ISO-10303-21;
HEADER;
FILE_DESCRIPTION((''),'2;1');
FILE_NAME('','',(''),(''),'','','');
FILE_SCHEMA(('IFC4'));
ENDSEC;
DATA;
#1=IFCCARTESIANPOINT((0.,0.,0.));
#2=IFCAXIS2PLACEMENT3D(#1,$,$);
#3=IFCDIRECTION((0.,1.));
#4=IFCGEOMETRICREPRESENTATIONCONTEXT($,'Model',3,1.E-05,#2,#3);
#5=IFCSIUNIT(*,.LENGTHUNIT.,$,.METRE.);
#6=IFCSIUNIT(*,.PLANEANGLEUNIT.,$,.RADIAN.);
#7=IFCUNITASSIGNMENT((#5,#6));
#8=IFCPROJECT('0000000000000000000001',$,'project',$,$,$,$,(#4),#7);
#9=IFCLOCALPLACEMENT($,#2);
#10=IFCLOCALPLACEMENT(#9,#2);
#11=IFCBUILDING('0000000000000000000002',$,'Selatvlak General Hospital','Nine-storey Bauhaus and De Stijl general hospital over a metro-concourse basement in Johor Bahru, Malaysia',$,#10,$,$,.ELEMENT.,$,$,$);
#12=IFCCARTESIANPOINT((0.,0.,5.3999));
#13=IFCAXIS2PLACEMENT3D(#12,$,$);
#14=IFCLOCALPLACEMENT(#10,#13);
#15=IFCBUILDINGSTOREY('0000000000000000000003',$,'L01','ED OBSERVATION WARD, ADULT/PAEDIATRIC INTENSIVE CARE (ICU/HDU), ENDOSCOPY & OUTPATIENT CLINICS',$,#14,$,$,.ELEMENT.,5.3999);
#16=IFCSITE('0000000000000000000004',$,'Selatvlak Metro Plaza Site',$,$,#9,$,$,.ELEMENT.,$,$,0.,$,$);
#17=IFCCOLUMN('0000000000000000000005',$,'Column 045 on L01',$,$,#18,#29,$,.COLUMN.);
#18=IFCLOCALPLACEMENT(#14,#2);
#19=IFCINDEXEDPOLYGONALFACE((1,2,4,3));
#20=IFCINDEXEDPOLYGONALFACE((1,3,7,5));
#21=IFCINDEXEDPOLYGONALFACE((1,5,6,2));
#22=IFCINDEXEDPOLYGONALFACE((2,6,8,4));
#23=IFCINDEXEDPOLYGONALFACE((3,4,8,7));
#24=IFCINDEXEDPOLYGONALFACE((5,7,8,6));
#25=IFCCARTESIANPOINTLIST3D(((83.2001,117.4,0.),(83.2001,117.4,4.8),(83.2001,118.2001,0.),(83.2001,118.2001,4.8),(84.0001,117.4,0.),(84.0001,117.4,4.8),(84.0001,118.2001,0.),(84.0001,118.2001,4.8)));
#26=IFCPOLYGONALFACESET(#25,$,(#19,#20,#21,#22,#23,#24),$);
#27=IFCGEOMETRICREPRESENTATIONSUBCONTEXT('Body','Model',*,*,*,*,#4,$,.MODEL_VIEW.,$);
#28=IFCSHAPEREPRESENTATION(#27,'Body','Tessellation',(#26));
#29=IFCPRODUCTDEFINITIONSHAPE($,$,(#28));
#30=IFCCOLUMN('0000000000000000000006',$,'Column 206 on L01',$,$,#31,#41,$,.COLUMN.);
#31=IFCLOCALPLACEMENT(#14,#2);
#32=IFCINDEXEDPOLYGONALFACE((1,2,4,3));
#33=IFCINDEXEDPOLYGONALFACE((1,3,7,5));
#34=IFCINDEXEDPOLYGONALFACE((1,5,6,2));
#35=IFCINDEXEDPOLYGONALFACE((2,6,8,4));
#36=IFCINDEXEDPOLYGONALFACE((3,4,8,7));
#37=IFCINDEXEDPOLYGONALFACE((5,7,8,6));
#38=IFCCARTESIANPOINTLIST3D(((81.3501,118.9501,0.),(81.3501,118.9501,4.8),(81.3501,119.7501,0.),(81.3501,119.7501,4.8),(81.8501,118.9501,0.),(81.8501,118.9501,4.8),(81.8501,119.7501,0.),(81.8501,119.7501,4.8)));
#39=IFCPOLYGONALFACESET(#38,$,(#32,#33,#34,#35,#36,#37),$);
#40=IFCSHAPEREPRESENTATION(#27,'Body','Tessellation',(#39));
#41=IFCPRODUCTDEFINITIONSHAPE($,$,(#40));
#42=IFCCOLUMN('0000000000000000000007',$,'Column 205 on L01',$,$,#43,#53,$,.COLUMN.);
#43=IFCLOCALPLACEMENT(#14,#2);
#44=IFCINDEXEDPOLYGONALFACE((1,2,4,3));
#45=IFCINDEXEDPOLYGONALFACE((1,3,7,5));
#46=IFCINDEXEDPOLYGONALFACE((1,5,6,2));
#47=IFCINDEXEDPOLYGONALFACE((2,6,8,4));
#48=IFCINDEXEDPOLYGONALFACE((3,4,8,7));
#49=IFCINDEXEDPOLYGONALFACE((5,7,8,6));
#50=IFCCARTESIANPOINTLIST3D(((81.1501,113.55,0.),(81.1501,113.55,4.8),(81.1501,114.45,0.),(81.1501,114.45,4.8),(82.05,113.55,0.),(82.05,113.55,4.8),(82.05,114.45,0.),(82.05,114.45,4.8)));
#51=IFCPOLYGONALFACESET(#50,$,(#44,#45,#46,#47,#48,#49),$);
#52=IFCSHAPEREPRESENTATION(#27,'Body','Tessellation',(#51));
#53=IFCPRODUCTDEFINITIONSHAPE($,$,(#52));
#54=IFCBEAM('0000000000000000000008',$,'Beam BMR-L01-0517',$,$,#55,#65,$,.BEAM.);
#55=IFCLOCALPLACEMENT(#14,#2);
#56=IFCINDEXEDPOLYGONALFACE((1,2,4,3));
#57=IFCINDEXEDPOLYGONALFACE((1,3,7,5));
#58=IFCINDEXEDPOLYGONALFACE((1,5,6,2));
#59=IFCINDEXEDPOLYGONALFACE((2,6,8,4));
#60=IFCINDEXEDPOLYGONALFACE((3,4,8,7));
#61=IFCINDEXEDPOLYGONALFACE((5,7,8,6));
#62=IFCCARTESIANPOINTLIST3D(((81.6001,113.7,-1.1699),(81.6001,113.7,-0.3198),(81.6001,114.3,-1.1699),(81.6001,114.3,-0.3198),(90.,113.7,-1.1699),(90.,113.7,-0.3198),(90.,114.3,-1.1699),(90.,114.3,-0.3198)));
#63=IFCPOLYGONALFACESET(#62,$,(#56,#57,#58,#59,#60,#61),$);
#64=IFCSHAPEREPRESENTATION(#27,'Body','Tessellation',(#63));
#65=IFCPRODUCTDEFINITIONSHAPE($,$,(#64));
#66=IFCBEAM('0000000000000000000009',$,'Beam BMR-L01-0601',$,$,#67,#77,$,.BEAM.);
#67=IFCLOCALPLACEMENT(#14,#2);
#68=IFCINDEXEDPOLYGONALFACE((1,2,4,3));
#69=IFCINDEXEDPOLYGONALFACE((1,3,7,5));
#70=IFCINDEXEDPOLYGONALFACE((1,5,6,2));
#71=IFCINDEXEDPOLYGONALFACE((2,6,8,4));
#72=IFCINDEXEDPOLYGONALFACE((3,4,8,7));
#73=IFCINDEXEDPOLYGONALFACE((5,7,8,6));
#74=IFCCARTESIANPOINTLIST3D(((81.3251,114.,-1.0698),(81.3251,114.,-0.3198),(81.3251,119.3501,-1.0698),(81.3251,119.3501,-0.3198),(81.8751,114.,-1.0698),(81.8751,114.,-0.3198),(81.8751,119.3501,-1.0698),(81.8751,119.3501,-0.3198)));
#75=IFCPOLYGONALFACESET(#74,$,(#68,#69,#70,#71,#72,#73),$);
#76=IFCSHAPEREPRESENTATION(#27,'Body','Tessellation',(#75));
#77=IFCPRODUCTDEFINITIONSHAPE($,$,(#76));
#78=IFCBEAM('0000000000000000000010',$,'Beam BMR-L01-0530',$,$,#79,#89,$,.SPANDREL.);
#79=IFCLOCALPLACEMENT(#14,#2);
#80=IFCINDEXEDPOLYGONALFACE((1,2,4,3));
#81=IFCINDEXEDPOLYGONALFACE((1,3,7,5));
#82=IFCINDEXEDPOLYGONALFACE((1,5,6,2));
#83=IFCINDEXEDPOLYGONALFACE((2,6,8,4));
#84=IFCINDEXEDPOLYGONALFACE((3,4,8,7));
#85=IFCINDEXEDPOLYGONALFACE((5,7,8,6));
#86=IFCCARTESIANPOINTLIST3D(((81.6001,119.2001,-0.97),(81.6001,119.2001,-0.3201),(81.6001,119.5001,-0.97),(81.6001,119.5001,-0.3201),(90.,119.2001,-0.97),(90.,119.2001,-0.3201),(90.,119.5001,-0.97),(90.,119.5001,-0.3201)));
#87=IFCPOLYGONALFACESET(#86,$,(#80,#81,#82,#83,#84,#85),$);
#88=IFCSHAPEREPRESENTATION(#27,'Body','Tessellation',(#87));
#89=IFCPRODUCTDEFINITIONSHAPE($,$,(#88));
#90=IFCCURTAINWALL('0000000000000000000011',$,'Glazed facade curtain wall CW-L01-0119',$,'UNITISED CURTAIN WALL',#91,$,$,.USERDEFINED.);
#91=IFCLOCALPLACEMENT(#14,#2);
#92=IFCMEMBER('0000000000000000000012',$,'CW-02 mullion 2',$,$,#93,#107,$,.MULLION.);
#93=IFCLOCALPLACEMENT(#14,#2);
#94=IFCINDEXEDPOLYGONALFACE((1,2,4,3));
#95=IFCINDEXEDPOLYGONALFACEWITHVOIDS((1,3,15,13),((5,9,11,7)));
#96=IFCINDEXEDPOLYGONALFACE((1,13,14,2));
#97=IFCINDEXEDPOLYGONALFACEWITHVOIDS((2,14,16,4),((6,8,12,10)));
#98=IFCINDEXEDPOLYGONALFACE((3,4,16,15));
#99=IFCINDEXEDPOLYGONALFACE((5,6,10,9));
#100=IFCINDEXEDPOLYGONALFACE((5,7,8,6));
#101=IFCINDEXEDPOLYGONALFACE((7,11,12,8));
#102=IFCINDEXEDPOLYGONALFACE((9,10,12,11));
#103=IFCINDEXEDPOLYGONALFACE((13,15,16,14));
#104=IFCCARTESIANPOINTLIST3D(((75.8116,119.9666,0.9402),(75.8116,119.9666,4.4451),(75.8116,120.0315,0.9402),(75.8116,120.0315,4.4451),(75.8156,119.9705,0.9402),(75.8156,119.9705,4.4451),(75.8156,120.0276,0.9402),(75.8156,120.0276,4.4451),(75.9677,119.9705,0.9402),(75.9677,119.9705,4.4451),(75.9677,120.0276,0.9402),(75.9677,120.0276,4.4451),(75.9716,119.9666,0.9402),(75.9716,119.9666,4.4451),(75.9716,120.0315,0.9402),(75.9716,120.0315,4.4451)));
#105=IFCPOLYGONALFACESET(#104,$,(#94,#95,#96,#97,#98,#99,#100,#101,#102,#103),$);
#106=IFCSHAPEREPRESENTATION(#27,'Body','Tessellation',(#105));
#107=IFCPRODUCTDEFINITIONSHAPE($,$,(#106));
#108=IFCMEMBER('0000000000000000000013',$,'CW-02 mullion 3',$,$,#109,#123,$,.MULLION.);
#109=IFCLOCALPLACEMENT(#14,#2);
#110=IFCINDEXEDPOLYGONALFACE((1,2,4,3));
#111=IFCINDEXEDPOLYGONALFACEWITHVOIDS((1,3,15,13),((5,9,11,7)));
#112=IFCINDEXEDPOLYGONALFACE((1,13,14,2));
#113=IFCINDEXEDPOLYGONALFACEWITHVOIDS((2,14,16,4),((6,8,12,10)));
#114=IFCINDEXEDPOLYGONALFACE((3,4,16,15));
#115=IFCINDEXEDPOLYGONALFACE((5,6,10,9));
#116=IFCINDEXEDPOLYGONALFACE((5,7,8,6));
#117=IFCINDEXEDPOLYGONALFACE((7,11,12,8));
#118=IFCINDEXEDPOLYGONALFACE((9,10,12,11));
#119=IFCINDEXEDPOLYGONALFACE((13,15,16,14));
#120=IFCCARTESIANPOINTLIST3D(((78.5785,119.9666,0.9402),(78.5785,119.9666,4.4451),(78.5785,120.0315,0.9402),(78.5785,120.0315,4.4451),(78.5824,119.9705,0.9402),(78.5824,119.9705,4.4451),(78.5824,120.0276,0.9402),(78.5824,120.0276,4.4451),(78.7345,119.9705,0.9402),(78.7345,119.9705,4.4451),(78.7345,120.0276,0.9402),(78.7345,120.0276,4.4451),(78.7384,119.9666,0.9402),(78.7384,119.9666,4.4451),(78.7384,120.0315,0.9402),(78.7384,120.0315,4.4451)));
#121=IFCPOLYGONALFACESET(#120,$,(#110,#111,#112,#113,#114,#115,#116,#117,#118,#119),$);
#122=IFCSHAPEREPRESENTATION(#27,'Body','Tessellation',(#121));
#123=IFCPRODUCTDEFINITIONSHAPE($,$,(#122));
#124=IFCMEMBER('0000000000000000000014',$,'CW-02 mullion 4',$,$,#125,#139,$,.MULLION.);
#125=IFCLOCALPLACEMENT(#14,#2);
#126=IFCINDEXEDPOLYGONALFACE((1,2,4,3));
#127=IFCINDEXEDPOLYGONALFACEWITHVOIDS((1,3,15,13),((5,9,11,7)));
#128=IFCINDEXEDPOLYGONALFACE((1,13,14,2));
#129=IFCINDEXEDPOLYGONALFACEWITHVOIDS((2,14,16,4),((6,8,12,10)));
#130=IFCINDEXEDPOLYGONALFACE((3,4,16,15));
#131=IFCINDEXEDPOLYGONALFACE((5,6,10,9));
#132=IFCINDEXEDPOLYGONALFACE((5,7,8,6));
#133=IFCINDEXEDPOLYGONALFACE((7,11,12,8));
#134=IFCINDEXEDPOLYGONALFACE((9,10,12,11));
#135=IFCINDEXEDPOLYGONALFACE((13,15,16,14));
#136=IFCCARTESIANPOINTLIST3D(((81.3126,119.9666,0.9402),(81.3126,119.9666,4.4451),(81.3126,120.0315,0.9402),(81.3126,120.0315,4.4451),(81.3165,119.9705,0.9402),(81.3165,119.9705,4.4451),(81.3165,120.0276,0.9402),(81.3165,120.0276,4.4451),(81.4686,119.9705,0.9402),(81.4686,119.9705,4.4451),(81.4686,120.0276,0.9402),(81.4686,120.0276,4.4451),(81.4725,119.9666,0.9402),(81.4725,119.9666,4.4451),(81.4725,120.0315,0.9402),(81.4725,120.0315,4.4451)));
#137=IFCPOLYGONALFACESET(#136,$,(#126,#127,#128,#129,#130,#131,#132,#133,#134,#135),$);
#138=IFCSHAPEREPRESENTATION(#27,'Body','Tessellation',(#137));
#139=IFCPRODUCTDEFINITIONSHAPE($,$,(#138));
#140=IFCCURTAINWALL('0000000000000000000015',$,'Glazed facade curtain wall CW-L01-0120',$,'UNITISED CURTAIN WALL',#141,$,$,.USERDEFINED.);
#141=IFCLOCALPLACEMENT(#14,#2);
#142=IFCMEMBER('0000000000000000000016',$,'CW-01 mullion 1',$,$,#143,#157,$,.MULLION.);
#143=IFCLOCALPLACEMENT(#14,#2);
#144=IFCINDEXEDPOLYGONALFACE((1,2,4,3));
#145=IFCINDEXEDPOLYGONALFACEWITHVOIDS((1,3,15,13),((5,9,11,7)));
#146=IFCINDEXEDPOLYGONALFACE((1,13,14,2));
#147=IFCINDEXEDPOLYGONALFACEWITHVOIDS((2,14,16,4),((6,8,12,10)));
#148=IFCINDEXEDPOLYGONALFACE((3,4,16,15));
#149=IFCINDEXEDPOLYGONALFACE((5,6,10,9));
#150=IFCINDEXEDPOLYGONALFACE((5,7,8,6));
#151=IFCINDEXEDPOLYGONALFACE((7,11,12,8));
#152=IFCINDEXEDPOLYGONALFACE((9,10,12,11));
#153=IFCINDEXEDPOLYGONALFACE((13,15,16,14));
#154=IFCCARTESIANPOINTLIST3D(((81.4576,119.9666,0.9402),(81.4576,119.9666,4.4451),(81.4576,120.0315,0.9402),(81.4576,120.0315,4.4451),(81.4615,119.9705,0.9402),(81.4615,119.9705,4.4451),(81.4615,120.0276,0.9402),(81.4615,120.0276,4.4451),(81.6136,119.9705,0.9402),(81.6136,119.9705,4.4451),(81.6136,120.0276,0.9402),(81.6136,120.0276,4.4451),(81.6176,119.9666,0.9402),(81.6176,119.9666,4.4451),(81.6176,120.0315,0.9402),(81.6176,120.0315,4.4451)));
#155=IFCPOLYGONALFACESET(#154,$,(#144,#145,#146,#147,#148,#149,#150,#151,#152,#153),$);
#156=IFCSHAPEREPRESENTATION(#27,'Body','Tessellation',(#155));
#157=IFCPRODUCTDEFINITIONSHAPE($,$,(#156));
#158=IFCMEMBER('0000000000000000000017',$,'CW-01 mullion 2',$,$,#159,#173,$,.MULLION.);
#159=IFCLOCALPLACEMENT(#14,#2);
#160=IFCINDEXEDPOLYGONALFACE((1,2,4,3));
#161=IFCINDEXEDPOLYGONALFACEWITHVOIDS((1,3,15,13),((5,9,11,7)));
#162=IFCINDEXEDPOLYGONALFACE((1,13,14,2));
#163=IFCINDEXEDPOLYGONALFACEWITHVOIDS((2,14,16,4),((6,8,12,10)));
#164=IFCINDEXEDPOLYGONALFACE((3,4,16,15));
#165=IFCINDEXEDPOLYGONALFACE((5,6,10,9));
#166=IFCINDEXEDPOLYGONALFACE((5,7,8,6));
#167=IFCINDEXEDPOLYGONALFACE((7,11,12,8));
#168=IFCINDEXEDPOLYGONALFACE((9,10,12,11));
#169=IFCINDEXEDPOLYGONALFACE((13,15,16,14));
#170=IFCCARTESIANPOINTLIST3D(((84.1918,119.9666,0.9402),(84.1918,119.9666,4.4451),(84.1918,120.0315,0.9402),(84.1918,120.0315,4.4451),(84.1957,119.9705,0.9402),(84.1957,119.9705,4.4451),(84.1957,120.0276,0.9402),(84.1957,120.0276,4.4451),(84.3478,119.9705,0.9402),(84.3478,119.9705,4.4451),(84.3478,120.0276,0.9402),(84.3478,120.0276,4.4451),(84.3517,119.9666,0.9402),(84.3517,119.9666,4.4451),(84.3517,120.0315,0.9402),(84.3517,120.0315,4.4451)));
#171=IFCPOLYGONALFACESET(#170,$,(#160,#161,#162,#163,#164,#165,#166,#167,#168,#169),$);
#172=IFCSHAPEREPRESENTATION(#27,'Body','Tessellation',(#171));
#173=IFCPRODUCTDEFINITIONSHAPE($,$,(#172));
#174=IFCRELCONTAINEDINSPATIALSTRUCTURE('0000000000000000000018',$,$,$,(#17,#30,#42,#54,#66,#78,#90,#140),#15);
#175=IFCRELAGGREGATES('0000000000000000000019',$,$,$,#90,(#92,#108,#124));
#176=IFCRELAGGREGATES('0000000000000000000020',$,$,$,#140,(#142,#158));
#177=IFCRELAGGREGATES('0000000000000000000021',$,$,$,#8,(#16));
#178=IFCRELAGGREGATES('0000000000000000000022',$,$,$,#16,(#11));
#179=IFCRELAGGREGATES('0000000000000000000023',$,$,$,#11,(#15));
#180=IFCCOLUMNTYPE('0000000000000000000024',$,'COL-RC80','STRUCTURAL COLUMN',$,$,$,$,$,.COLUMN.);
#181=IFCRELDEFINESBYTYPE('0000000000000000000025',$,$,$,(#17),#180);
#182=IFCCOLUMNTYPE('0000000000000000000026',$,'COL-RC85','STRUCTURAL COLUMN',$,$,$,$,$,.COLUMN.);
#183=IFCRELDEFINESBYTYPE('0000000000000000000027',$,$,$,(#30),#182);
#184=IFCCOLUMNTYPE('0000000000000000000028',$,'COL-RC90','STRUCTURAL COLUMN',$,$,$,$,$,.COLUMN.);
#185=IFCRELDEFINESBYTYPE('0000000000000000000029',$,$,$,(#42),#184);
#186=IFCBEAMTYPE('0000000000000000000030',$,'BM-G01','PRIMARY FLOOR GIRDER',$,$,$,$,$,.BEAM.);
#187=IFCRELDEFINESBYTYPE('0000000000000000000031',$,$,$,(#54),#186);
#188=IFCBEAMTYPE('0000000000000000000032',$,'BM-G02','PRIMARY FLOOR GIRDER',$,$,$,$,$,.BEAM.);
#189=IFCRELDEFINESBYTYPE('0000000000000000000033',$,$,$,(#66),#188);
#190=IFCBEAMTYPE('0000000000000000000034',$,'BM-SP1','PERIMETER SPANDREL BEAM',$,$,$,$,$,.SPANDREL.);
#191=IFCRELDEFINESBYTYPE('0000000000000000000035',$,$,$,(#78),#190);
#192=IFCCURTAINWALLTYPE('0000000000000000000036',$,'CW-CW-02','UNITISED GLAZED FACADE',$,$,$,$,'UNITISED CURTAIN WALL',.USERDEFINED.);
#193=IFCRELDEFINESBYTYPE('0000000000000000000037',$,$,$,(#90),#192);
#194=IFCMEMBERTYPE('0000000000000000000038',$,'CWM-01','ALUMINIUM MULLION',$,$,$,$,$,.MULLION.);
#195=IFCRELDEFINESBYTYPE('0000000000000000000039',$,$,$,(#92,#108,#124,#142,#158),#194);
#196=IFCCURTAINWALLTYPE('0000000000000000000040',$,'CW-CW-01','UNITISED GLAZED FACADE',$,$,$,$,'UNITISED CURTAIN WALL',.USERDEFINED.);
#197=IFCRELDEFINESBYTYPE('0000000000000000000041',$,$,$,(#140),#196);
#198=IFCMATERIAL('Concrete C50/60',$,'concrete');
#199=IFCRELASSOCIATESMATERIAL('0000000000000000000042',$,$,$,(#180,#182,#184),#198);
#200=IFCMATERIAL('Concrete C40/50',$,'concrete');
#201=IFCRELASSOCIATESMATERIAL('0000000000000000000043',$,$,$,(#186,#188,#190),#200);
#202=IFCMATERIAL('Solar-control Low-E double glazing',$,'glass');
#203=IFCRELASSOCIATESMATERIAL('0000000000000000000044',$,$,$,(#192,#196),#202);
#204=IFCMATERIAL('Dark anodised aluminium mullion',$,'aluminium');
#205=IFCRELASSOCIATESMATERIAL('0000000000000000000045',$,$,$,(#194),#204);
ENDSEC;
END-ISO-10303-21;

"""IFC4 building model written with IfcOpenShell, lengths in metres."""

from ifc_helpers import new_model, si_unit, direction, frame, origin, origin_2d, place, context, subcontext, project, spatial, rectangle, hollow_rectangle, extrude, material, material_profile, profile_set, type_object, element, aggregate, save


model = new_model("IFC4")

# Units and contexts
model_context = context("Model", 3, precision=1e-05, world=origin(), true_north=direction((0.0, 1.0)))
body_context = subcontext(model_context, "Body", "Model", "MODEL_VIEW")
ifc_project = project(units=[si_unit("LENGTHUNIT", "METRE"), si_unit("PLANEANGLEUNIT", "RADIAN")], contexts=[model_context])

# Site, building, storey
site_placement = place(None, origin())
site = spatial("IfcSite", under=ifc_project, at=site_placement, Name="Selatvlak Metro Plaza Site", CompositionType="ELEMENT", RefElevation=0.0)
building_placement = place(site_placement, origin())
building = spatial("IfcBuilding", under=site, at=building_placement, Name="Selatvlak General Hospital", Description="Nine-storey Bauhaus and De Stijl general hospital over a metro-concourse basement in Johor Bahru, Malaysia", CompositionType="ELEMENT")
storey_placement = place(building_placement, frame((0.0, 0.0, 5.3999)))
storey = spatial("IfcBuildingStorey", under=building, at=storey_placement, Name="L01", Description="ED OBSERVATION WARD, ADULT/PAEDIATRIC INTENSIVE CARE (ICU/HDU), ENDOSCOPY & OUTPATIENT CLINICS", CompositionType="ELEMENT", Elevation=5.3999)

# Columns
ifc_material_1 = material(Name="Concrete C50/60", Category="concrete")
ifc_material_profile_1 = material_profile(ifc_material_1, rectangle(XDim=0.8, YDim=0.8, at=origin_2d()), Name="RC-COL 800x800")
ifc_profile_set_1 = profile_set([ifc_material_profile_1], Name="Concrete C50/60")
column_type_1 = type_object("IfcColumnType", Name="COL-RC80", Description="STRUCTURAL COLUMN", PredefinedType="COLUMN", material=ifc_profile_set_1)
column_1_placement = place(storey_placement, frame((83.6001, 117.8, 0.0), z_axis=(0.0, 0.0, 1.0), x_axis=(1.0, 0.0, 0.0)))
element("IfcColumn", 1, at=column_1_placement, inside=storey, type_object=column_type_1, Name="Column 045 on L01", PredefinedType="COLUMN", context=body_context, shape_type="SweptSolid", body=[
    extrude(rectangle(XDim=0.8, YDim=0.8, at=origin_2d()), origin(), (0.0, 0.0, 1.0), 4.8),
])
ifc_material_profile_2 = material_profile(ifc_material_1, rectangle(XDim=0.5, YDim=0.8, at=origin_2d()), Name="RC-COL 800x500")
ifc_profile_set_2 = profile_set([ifc_material_profile_2], Name="Concrete C50/60")
column_type_2 = type_object("IfcColumnType", Name="COL-RC85", Description="STRUCTURAL COLUMN", PredefinedType="COLUMN", material=ifc_profile_set_2)
column_2_placement = place(storey_placement, frame((81.6001, 119.3501, 0.0), z_axis=(0.0, 0.0, 1.0), x_axis=(1.0, 0.0, 0.0)))
element("IfcColumn", 2, at=column_2_placement, inside=storey, type_object=column_type_2, Name="Column 206 on L01", PredefinedType="COLUMN", context=body_context, shape_type="SweptSolid", body=[
    extrude(rectangle(XDim=0.5, YDim=0.8, at=origin_2d()), origin(), (0.0, 0.0, 1.0), 4.8),
])
ifc_material_profile_3 = material_profile(ifc_material_1, rectangle(XDim=0.8999, YDim=0.8999, at=origin_2d()), Name="RC-COL 900x900")
ifc_profile_set_3 = profile_set([ifc_material_profile_3], Name="Concrete C50/60")
column_type_3 = type_object("IfcColumnType", Name="COL-RC90", Description="STRUCTURAL COLUMN", PredefinedType="COLUMN", material=ifc_profile_set_3)
column_3_placement = place(storey_placement, frame((81.6001, 114.0, 0.0), z_axis=(0.0, 0.0, 1.0), x_axis=(1.0, 0.0, 0.0)))
element("IfcColumn", 3, at=column_3_placement, inside=storey, type_object=column_type_3, Name="Column 205 on L01", PredefinedType="COLUMN", context=body_context, shape_type="SweptSolid", body=[
    extrude(rectangle(XDim=0.8999, YDim=0.8999, at=origin_2d()), origin(), (0.0, 0.0, 1.0), 4.8),
])

# Beams
ifc_material_2 = material(Name="Concrete C40/50", Category="concrete")
ifc_material_profile_4 = material_profile(ifc_material_2, rectangle(XDim=0.6001, YDim=0.8501, at=origin_2d()), Name="RC-BM 600x850")
ifc_profile_set_4 = profile_set([ifc_material_profile_4], Name="Concrete C40/50")
beam_type_1 = type_object("IfcBeamType", Name="BM-G01", Description="PRIMARY FLOOR GIRDER", PredefinedType="BEAM", material=ifc_profile_set_4)
beam_1_placement = place(storey_placement, frame((81.6001, 114.0, -0.7449), z_axis=(1.0, 0.0, 0.0), x_axis=(0.0, 1.0, 0.0)))
element("IfcBeam", 4, at=beam_1_placement, inside=storey, type_object=beam_type_1, Name="Beam BMR-L01-0517", PredefinedType="BEAM", context=body_context, shape_type="SweptSolid", body=[
    extrude(rectangle(XDim=0.6001, YDim=0.8501, at=origin_2d()), origin(), (0.0, 0.0, 1.0), 8.3999),
])
ifc_material_profile_5 = material_profile(ifc_material_2, rectangle(XDim=0.55, YDim=0.75, at=origin_2d()), Name="RC-BM 550x750")
ifc_profile_set_5 = profile_set([ifc_material_profile_5], Name="Concrete C40/50")
beam_type_2 = type_object("IfcBeamType", Name="BM-G02", Description="PRIMARY FLOOR GIRDER", PredefinedType="BEAM", material=ifc_profile_set_5)
beam_2_placement = place(storey_placement, frame((81.6001, 114.0, -0.6948), z_axis=(0.0, 1.0, 0.0), x_axis=(-1.0, 0.0, 0.0)))
element("IfcBeam", 5, at=beam_2_placement, inside=storey, type_object=beam_type_2, Name="Beam BMR-L01-0601", PredefinedType="BEAM", context=body_context, shape_type="SweptSolid", body=[
    extrude(rectangle(XDim=0.55, YDim=0.75, at=origin_2d()), origin(), (0.0, 0.0, 1.0), 5.3501),
])
ifc_material_profile_6 = material_profile(ifc_material_2, rectangle(XDim=0.3, YDim=0.6499, at=origin_2d()), Name="RC-SP 300x650")
ifc_profile_set_6 = profile_set([ifc_material_profile_6], Name="Concrete C40/50")
beam_type_3 = type_object("IfcBeamType", Name="BM-SP1", Description="PERIMETER SPANDREL BEAM", PredefinedType="SPANDREL", material=ifc_profile_set_6)
beam_3_placement = place(storey_placement, frame((81.6001, 119.3501, -0.645), z_axis=(1.0, 0.0, 0.0), x_axis=(0.0, 1.0, 0.0)))
element("IfcBeam", 6, at=beam_3_placement, inside=storey, type_object=beam_type_3, Name="Beam BMR-L01-0530", PredefinedType="SPANDREL", context=body_context, shape_type="SweptSolid", body=[
    extrude(rectangle(XDim=0.3, YDim=0.6499, at=origin_2d()), origin(), (0.0, 0.0, 1.0), 8.3999),
])

# Curtain walls, members
ifc_material_3 = material(Name="Solar-control Low-E double glazing", Category="glass")
curtain_wall_type_1 = type_object("IfcCurtainWallType", Name="CW-CW-02", Description="UNITISED GLAZED FACADE", ElementType="UNITISED CURTAIN WALL", PredefinedType="USERDEFINED", material=ifc_material_3)
curtain_wall_1_placement = place(storey_placement, origin())
curtain_wall_1 = element("IfcCurtainWall", 7, at=curtain_wall_1_placement, inside=storey, type_object=curtain_wall_type_1, Name="Glazed facade curtain wall CW-L01-0119", ObjectType="UNITISED CURTAIN WALL", PredefinedType="USERDEFINED")
ifc_material_4 = material(Name="Dark anodised aluminium mullion", Category="aluminium")
ifc_material_profile_7 = material_profile(ifc_material_4, hollow_rectangle(XDim=0.0649, YDim=0.1599, WallThickness=0.0039, at=origin_2d()), Name="AL-MUL 65x160x4")
ifc_profile_set_7 = profile_set([ifc_material_profile_7], Name="Dark anodised aluminium mullion")
member_type_1 = type_object("IfcMemberType", Name="CWM-01", Description="ALUMINIUM MULLION", PredefinedType="MULLION", material=ifc_profile_set_7)
member_1_placement = place(storey_placement, frame((75.8916, 119.999, 0.9402), z_axis=(0.0, 0.0, 1.0), x_axis=(0.0, 1.0, 0.0)))
member_1 = element("IfcMember", 8, at=member_1_placement, type_object=member_type_1, Name="CW-02 mullion 2", PredefinedType="MULLION", context=body_context, shape_type="SweptSolid", body=[
    extrude(hollow_rectangle(XDim=0.0649, YDim=0.1599, WallThickness=0.0039, at=origin_2d()), origin(), (0.0, 0.0, 1.0), 3.5049),
])
member_2_placement = place(storey_placement, frame((78.6584, 119.999, 0.9402), z_axis=(0.0, 0.0, 1.0), x_axis=(0.0, 1.0, 0.0)))
member_2 = element("IfcMember", 9, at=member_2_placement, type_object=member_type_1, Name="CW-02 mullion 3", PredefinedType="MULLION", context=body_context, shape_type="SweptSolid", body=[
    extrude(hollow_rectangle(XDim=0.0649, YDim=0.1599, WallThickness=0.0039, at=origin_2d()), origin(), (0.0, 0.0, 1.0), 3.5049),
])
member_3_placement = place(storey_placement, frame((81.3926, 119.999, 0.9402), z_axis=(0.0, 0.0, 1.0), x_axis=(0.0, 1.0, 0.0)))
member_3 = element("IfcMember", 10, at=member_3_placement, type_object=member_type_1, Name="CW-02 mullion 4", PredefinedType="MULLION", context=body_context, shape_type="SweptSolid", body=[
    extrude(hollow_rectangle(XDim=0.0649, YDim=0.1599, WallThickness=0.0039, at=origin_2d()), origin(), (0.0, 0.0, 1.0), 3.5049),
])
curtain_wall_type_2 = type_object("IfcCurtainWallType", Name="CW-CW-01", Description="UNITISED GLAZED FACADE", ElementType="UNITISED CURTAIN WALL", PredefinedType="USERDEFINED", material=ifc_material_3)
curtain_wall_2_placement = place(storey_placement, origin())
curtain_wall_2 = element("IfcCurtainWall", 11, at=curtain_wall_2_placement, inside=storey, type_object=curtain_wall_type_2, Name="Glazed facade curtain wall CW-L01-0120", ObjectType="UNITISED CURTAIN WALL", PredefinedType="USERDEFINED")
member_4_placement = place(storey_placement, frame((81.5376, 119.999, 0.9402), z_axis=(0.0, 0.0, 1.0), x_axis=(0.0, 1.0, 0.0)))
member_4 = element("IfcMember", 12, at=member_4_placement, type_object=member_type_1, Name="CW-01 mullion 1", PredefinedType="MULLION", context=body_context, shape_type="SweptSolid", body=[
    extrude(hollow_rectangle(XDim=0.0649, YDim=0.1599, WallThickness=0.0039, at=origin_2d()), origin(), (0.0, 0.0, 1.0), 3.5049),
])
member_5_placement = place(storey_placement, frame((84.2717, 119.999, 0.9402), z_axis=(0.0, 0.0, 1.0), x_axis=(0.0, 1.0, 0.0)))
member_5 = element("IfcMember", 13, at=member_5_placement, type_object=member_type_1, Name="CW-01 mullion 2", PredefinedType="MULLION", context=body_context, shape_type="SweptSolid", body=[
    extrude(hollow_rectangle(XDim=0.0649, YDim=0.1599, WallThickness=0.0039, at=origin_2d()), origin(), (0.0, 0.0, 1.0), 3.5049),
])

aggregate(curtain_wall_1, [member_1, member_2, member_3])
aggregate(curtain_wall_2, [member_4, member_5])

save(model, "model.ifc")
